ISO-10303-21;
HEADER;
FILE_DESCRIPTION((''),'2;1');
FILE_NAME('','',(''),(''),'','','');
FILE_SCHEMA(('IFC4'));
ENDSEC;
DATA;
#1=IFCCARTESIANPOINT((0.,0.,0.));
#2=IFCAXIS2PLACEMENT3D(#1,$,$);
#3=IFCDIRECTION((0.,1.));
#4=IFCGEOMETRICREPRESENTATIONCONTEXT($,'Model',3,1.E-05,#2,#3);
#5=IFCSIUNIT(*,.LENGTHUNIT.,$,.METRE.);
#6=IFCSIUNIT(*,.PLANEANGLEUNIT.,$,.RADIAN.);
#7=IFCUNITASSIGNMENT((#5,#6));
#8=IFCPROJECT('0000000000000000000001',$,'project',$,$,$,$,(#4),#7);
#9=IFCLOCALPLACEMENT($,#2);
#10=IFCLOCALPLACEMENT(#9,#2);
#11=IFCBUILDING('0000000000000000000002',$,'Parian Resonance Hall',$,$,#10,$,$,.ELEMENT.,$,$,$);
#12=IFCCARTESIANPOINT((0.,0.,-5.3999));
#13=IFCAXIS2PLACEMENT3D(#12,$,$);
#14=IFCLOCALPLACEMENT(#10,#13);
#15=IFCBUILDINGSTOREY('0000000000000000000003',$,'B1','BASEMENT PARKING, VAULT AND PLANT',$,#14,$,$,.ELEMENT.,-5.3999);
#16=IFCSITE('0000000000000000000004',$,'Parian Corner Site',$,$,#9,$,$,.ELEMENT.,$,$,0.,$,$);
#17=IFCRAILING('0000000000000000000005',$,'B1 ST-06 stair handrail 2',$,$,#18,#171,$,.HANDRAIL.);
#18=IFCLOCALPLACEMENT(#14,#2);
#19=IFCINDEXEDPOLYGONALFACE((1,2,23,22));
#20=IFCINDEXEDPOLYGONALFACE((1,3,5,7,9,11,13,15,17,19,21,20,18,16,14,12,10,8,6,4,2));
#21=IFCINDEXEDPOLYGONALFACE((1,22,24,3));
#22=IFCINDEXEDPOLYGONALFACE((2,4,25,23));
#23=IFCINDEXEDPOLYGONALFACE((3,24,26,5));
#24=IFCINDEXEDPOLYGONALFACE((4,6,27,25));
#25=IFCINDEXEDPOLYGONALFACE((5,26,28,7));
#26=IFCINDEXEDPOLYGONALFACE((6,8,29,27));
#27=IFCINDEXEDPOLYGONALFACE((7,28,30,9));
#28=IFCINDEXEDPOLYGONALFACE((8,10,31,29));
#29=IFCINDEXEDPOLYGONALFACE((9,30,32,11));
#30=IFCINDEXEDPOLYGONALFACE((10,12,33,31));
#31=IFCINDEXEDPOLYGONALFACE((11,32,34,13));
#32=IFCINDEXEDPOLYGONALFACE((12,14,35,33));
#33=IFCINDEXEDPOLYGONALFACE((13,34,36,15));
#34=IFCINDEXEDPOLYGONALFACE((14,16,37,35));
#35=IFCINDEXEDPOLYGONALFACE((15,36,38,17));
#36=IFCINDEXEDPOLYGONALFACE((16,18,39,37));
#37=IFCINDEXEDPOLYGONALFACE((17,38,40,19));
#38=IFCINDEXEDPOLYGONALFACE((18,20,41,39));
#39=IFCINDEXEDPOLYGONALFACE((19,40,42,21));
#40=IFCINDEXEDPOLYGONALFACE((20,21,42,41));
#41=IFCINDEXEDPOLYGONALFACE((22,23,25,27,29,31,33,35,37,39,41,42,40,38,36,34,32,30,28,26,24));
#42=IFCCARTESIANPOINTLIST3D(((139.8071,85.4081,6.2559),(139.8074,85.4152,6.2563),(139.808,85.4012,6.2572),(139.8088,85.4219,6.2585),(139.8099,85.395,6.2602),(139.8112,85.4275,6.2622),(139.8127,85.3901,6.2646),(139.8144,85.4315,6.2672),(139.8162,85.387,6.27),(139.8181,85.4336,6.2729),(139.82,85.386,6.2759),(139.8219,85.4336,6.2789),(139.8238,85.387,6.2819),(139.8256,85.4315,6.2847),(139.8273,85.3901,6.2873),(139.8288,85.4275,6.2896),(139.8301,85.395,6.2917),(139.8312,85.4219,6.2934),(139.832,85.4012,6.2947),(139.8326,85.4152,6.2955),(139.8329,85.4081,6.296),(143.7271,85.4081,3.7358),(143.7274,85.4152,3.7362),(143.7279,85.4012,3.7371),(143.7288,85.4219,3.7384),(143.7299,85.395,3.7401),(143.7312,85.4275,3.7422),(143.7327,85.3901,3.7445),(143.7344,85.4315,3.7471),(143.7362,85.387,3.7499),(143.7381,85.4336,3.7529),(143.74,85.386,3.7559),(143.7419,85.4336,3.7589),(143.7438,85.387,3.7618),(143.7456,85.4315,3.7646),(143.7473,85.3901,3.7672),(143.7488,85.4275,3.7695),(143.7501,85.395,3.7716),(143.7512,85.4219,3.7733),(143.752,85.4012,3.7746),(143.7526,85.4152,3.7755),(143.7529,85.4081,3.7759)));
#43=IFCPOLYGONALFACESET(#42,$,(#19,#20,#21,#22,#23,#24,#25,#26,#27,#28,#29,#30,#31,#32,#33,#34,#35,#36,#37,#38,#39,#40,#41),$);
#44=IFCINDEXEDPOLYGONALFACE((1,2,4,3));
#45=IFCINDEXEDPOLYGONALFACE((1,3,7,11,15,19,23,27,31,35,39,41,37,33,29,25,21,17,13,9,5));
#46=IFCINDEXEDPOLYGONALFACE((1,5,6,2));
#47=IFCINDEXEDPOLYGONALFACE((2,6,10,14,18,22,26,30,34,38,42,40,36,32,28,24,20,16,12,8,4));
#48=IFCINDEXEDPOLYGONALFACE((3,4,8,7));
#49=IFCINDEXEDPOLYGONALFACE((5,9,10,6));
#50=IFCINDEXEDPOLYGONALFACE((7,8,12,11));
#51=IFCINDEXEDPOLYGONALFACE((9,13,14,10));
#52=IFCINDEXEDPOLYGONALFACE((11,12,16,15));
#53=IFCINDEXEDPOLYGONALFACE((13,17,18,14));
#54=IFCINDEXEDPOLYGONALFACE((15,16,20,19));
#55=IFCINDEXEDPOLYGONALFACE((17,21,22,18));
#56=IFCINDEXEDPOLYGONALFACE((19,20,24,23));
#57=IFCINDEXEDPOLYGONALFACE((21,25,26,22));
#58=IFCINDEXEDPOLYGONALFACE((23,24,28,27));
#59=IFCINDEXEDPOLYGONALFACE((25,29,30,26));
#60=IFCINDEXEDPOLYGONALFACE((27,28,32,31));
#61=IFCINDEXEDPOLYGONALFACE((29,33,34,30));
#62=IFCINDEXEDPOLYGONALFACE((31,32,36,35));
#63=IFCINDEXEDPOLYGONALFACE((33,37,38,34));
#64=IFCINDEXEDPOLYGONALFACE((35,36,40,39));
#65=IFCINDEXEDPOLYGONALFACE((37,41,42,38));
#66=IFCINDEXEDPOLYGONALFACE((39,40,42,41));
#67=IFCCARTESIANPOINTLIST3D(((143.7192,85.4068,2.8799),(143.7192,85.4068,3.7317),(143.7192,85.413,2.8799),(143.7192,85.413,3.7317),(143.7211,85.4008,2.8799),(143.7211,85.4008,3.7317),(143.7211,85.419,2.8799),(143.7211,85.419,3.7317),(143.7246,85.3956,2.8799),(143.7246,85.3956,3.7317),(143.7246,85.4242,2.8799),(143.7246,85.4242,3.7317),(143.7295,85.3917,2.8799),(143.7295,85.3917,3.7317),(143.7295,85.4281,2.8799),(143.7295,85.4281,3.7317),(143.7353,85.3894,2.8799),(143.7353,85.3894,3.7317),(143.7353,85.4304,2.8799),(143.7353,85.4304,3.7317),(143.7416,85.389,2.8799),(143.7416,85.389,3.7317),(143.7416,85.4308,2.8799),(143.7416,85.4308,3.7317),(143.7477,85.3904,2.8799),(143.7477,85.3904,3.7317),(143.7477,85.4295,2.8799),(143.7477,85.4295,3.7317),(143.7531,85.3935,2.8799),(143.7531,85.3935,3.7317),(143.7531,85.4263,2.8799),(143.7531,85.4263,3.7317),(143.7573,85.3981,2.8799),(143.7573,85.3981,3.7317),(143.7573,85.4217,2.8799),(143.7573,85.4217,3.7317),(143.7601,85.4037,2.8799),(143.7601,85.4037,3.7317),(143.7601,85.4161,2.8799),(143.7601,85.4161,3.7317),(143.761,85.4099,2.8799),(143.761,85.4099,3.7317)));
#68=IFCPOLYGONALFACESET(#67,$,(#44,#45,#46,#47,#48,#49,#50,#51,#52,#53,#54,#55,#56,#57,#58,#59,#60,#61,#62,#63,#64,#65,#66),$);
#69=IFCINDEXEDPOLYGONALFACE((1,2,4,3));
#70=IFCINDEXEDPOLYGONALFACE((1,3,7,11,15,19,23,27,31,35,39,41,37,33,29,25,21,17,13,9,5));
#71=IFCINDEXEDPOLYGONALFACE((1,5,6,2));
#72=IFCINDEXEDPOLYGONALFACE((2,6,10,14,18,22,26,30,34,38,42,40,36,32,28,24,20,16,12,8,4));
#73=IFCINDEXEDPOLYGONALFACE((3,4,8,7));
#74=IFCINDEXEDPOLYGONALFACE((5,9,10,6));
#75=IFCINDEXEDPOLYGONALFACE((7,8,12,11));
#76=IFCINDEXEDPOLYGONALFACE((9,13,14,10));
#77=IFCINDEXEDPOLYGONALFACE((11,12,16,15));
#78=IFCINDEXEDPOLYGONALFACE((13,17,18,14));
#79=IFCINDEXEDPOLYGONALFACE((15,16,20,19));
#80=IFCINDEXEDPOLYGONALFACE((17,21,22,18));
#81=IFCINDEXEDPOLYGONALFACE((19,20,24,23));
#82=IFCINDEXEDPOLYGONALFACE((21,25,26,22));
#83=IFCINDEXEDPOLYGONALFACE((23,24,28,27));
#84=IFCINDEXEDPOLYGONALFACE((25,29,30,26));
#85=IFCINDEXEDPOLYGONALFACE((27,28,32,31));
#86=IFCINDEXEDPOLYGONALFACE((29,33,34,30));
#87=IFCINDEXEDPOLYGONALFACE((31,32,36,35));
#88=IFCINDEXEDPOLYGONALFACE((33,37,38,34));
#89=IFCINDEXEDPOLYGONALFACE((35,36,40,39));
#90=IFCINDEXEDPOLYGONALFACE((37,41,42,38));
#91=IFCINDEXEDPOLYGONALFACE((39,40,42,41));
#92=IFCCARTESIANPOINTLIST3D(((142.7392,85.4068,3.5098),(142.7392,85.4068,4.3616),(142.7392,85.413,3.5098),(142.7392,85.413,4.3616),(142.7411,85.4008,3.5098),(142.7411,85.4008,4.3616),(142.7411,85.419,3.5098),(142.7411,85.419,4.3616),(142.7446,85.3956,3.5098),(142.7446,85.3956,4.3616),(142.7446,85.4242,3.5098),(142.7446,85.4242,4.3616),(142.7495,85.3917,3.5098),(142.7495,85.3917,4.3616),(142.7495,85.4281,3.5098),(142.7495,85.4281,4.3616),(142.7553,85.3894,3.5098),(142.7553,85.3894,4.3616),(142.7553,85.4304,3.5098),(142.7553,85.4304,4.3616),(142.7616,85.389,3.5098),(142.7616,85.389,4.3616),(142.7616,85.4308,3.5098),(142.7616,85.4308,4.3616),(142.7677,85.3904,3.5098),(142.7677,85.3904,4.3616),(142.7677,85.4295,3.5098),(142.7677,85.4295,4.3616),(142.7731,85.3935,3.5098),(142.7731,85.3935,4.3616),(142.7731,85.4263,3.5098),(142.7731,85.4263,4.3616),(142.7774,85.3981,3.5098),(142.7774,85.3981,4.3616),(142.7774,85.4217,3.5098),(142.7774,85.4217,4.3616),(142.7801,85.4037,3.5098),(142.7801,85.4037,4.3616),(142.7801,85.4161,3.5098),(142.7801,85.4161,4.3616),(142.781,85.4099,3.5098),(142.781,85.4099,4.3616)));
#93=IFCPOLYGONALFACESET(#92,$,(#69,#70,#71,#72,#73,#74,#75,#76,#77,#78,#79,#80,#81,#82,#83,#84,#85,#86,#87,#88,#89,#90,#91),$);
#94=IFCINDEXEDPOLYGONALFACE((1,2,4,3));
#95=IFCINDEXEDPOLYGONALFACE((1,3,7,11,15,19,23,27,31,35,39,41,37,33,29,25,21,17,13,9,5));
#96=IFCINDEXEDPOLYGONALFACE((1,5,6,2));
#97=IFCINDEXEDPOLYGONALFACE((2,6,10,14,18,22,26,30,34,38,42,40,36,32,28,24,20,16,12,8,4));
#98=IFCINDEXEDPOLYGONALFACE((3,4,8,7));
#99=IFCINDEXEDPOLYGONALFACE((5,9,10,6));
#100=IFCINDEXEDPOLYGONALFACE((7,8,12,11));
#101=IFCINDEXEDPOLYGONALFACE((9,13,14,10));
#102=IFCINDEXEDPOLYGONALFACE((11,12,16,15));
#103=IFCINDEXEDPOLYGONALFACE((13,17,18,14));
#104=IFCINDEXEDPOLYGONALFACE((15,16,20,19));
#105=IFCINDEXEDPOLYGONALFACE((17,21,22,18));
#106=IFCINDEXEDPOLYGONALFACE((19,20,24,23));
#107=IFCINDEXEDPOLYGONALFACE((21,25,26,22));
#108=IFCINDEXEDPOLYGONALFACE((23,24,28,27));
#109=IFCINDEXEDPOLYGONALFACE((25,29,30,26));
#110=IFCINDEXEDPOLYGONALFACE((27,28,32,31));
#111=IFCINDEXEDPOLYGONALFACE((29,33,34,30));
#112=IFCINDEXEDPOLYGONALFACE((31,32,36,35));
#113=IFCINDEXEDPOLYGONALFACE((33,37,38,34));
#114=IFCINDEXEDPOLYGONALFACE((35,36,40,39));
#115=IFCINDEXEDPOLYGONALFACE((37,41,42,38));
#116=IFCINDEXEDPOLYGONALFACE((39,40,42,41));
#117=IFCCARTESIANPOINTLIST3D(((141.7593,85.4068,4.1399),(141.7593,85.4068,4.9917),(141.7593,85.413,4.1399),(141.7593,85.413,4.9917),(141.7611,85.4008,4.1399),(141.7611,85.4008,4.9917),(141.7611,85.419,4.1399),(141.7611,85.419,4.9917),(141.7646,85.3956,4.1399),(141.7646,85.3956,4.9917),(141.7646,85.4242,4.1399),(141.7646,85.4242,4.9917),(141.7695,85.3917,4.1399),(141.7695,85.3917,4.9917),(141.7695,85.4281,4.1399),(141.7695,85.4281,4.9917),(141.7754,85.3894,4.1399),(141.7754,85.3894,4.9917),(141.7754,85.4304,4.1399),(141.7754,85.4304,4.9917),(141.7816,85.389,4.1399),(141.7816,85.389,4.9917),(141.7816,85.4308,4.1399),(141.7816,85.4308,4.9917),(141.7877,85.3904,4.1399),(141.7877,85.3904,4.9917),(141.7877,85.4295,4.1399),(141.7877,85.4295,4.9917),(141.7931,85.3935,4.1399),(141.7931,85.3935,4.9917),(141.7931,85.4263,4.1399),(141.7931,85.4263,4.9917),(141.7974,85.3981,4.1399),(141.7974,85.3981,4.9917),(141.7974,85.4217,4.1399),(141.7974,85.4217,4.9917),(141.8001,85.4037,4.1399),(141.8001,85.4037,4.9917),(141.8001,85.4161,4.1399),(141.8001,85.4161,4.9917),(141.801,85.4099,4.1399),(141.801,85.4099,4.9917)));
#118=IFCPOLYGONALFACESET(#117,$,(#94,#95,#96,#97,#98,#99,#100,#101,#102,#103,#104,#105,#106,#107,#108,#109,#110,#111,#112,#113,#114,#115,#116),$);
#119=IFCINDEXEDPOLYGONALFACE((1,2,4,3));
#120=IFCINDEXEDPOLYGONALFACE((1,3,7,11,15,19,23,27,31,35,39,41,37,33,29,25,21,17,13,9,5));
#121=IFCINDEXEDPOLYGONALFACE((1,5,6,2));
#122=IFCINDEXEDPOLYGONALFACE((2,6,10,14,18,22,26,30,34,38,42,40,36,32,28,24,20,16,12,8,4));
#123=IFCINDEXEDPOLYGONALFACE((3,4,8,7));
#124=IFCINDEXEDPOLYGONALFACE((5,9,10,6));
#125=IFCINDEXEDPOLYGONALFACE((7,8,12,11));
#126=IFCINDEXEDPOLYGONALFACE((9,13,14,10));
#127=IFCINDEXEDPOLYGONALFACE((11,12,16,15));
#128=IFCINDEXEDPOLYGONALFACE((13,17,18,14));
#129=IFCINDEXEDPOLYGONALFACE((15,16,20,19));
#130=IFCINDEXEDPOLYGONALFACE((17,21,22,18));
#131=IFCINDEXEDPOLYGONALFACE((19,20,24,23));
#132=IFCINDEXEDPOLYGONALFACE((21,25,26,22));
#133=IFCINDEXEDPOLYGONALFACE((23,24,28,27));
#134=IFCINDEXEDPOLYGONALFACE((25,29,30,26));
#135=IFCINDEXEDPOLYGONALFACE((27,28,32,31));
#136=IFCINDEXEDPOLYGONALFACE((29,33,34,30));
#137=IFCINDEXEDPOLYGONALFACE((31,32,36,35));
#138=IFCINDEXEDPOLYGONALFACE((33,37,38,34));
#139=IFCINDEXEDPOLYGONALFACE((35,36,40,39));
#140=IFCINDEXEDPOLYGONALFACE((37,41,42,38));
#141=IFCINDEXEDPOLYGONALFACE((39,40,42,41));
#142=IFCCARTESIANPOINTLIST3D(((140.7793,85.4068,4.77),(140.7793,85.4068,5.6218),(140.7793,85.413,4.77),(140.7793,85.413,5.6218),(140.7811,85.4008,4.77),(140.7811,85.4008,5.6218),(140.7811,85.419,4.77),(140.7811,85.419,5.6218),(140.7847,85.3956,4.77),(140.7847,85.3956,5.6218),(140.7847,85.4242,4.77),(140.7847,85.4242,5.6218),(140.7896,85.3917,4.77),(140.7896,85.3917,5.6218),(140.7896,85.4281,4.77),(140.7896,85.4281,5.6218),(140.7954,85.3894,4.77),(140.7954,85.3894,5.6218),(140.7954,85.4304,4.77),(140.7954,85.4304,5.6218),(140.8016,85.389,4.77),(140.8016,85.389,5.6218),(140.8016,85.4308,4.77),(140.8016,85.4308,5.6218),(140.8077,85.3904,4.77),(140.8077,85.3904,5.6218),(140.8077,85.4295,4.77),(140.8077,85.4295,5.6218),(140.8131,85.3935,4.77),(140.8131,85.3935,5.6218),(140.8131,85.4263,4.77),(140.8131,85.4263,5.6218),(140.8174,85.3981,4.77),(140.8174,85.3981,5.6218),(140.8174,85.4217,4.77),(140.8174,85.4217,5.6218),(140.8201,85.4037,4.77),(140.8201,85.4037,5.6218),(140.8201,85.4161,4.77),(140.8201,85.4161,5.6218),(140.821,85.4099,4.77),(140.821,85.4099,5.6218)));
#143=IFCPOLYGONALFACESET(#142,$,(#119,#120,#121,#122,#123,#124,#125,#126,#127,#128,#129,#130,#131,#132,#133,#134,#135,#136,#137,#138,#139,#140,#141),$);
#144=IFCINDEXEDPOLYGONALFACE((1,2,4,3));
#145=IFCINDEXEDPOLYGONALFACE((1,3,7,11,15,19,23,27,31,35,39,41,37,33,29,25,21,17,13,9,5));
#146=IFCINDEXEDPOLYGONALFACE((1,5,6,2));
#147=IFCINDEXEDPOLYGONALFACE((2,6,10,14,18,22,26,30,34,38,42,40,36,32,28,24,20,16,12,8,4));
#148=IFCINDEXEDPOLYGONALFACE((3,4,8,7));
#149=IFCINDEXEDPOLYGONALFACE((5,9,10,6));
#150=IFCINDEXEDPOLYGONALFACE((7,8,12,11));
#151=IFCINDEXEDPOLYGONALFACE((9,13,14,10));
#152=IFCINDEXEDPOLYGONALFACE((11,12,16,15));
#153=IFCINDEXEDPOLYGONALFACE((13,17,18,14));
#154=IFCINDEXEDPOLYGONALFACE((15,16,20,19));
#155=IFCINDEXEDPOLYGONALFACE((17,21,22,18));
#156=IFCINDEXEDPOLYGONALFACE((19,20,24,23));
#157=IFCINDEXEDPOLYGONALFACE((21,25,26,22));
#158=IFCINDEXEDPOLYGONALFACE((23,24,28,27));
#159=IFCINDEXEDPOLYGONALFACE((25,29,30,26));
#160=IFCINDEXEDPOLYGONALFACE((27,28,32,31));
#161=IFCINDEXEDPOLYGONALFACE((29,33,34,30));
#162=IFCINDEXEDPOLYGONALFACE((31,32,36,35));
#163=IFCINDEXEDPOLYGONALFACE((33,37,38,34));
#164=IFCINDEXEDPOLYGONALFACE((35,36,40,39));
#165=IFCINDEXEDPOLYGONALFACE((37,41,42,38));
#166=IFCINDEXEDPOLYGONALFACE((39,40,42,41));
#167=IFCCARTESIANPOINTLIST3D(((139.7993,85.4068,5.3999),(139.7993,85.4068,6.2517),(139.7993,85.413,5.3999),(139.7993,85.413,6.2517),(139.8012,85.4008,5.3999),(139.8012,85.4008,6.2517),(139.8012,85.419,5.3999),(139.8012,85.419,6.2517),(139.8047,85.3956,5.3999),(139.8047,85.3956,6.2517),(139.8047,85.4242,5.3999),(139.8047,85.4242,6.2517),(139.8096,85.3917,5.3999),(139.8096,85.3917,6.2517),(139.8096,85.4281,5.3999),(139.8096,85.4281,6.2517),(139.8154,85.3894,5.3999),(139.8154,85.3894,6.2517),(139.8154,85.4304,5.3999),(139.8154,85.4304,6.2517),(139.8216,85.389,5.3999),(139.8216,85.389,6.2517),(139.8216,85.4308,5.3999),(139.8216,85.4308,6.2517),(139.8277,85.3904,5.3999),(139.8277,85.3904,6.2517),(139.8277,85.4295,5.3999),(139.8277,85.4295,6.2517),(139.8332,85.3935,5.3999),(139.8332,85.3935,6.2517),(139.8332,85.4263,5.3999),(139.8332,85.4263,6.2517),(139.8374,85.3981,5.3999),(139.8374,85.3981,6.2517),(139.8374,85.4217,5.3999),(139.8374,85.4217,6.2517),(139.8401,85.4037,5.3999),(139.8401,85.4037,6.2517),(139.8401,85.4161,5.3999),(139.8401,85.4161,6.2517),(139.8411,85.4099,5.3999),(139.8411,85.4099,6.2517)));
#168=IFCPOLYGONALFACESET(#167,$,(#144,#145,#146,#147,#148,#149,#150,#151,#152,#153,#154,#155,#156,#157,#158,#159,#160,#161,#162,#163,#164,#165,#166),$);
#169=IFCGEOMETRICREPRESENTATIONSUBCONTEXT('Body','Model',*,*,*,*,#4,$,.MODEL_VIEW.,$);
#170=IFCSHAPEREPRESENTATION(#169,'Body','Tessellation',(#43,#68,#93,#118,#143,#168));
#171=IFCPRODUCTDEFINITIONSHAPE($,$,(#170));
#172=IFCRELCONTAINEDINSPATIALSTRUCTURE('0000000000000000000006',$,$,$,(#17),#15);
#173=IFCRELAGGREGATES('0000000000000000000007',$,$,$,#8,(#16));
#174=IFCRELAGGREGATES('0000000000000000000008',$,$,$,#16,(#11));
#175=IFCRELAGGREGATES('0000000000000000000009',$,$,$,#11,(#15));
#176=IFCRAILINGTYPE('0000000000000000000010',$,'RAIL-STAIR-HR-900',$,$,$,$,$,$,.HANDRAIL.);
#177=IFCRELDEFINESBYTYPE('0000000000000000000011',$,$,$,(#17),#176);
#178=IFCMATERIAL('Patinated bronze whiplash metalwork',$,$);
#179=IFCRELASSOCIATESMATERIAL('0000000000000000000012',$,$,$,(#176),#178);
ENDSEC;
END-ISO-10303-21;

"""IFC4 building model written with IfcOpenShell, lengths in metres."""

from ifc_helpers import new_model, si_unit, direction, frame, origin, origin_2d, place, context, subcontext, project, spatial, circle, extrude, material, type_object, element, save


model = new_model("IFC4")

# Units and contexts
model_context = context("Model", 3, precision=1e-05, world=origin(), true_north=direction((0.0, 1.0)))
body_context = subcontext(model_context, "Body", "Model", "MODEL_VIEW")
ifc_project = project(units=[si_unit("LENGTHUNIT", "METRE"), si_unit("PLANEANGLEUNIT", "RADIAN")], contexts=[model_context])

# Site, building, storey
site_placement = place(None, origin())
site = spatial("IfcSite", under=ifc_project, at=site_placement, Name="Parian Corner Site", CompositionType="ELEMENT", RefElevation=0.0)
building_placement = place(site_placement, origin())
building = spatial("IfcBuilding", under=site, at=building_placement, Name="Parian Resonance Hall", CompositionType="ELEMENT")
storey_placement = place(building_placement, frame((0.0, 0.0, -5.3999)))
storey = spatial("IfcBuildingStorey", under=building, at=storey_placement, Name="B1", Description="BASEMENT PARKING, VAULT AND PLANT", CompositionType="ELEMENT", Elevation=-5.3999)

# Railing
ifc_material_1 = material(Name="Patinated bronze whiplash metalwork")
railing_type_1 = type_object("IfcRailingType", Name="RAIL-STAIR-HR-900", PredefinedType="HANDRAIL", material=ifc_material_1)
railing_1_placement = place(storey_placement, frame((143.74, 85.4099, 2.8799)))
element("IfcRailing", 1, at=railing_1_placement, inside=storey, type_object=railing_type_1, Name="B1 ST-06 stair handrail 2", PredefinedType="HANDRAIL", context=body_context, shape_type="SweptSolid", body=[
    extrude(circle(Radius=0.0239, at=origin_2d()), frame((0.0, 0.0, 0.876), z_axis=(-0.841172, 0.0, 0.540768), x_axis=(0.0, -1.0, 0.0)), (0.0, 0.0, 1.0), 4.6602),
    extrude(circle(Radius=0.021, at=origin_2d()), origin(), (0.0, 0.0, 1.0), 0.8518),
    extrude(circle(Radius=0.021, at=origin_2d()), frame((-0.98, 0.0, 0.6299)), (0.0, 0.0, 1.0), 0.8518),
    extrude(circle(Radius=0.021, at=origin_2d()), frame((-1.96, 0.0, 1.26)), (0.0, 0.0, 1.0), 0.8518),
    extrude(circle(Radius=0.021, at=origin_2d()), frame((-2.9399, 0.0, 1.8901)), (0.0, 0.0, 1.0), 0.8518),
    extrude(circle(Radius=0.021, at=origin_2d()), frame((-3.9199, 0.0, 2.52)), (0.0, 0.0, 1.0), 0.8518),
])

save(model, "model.ifc")
